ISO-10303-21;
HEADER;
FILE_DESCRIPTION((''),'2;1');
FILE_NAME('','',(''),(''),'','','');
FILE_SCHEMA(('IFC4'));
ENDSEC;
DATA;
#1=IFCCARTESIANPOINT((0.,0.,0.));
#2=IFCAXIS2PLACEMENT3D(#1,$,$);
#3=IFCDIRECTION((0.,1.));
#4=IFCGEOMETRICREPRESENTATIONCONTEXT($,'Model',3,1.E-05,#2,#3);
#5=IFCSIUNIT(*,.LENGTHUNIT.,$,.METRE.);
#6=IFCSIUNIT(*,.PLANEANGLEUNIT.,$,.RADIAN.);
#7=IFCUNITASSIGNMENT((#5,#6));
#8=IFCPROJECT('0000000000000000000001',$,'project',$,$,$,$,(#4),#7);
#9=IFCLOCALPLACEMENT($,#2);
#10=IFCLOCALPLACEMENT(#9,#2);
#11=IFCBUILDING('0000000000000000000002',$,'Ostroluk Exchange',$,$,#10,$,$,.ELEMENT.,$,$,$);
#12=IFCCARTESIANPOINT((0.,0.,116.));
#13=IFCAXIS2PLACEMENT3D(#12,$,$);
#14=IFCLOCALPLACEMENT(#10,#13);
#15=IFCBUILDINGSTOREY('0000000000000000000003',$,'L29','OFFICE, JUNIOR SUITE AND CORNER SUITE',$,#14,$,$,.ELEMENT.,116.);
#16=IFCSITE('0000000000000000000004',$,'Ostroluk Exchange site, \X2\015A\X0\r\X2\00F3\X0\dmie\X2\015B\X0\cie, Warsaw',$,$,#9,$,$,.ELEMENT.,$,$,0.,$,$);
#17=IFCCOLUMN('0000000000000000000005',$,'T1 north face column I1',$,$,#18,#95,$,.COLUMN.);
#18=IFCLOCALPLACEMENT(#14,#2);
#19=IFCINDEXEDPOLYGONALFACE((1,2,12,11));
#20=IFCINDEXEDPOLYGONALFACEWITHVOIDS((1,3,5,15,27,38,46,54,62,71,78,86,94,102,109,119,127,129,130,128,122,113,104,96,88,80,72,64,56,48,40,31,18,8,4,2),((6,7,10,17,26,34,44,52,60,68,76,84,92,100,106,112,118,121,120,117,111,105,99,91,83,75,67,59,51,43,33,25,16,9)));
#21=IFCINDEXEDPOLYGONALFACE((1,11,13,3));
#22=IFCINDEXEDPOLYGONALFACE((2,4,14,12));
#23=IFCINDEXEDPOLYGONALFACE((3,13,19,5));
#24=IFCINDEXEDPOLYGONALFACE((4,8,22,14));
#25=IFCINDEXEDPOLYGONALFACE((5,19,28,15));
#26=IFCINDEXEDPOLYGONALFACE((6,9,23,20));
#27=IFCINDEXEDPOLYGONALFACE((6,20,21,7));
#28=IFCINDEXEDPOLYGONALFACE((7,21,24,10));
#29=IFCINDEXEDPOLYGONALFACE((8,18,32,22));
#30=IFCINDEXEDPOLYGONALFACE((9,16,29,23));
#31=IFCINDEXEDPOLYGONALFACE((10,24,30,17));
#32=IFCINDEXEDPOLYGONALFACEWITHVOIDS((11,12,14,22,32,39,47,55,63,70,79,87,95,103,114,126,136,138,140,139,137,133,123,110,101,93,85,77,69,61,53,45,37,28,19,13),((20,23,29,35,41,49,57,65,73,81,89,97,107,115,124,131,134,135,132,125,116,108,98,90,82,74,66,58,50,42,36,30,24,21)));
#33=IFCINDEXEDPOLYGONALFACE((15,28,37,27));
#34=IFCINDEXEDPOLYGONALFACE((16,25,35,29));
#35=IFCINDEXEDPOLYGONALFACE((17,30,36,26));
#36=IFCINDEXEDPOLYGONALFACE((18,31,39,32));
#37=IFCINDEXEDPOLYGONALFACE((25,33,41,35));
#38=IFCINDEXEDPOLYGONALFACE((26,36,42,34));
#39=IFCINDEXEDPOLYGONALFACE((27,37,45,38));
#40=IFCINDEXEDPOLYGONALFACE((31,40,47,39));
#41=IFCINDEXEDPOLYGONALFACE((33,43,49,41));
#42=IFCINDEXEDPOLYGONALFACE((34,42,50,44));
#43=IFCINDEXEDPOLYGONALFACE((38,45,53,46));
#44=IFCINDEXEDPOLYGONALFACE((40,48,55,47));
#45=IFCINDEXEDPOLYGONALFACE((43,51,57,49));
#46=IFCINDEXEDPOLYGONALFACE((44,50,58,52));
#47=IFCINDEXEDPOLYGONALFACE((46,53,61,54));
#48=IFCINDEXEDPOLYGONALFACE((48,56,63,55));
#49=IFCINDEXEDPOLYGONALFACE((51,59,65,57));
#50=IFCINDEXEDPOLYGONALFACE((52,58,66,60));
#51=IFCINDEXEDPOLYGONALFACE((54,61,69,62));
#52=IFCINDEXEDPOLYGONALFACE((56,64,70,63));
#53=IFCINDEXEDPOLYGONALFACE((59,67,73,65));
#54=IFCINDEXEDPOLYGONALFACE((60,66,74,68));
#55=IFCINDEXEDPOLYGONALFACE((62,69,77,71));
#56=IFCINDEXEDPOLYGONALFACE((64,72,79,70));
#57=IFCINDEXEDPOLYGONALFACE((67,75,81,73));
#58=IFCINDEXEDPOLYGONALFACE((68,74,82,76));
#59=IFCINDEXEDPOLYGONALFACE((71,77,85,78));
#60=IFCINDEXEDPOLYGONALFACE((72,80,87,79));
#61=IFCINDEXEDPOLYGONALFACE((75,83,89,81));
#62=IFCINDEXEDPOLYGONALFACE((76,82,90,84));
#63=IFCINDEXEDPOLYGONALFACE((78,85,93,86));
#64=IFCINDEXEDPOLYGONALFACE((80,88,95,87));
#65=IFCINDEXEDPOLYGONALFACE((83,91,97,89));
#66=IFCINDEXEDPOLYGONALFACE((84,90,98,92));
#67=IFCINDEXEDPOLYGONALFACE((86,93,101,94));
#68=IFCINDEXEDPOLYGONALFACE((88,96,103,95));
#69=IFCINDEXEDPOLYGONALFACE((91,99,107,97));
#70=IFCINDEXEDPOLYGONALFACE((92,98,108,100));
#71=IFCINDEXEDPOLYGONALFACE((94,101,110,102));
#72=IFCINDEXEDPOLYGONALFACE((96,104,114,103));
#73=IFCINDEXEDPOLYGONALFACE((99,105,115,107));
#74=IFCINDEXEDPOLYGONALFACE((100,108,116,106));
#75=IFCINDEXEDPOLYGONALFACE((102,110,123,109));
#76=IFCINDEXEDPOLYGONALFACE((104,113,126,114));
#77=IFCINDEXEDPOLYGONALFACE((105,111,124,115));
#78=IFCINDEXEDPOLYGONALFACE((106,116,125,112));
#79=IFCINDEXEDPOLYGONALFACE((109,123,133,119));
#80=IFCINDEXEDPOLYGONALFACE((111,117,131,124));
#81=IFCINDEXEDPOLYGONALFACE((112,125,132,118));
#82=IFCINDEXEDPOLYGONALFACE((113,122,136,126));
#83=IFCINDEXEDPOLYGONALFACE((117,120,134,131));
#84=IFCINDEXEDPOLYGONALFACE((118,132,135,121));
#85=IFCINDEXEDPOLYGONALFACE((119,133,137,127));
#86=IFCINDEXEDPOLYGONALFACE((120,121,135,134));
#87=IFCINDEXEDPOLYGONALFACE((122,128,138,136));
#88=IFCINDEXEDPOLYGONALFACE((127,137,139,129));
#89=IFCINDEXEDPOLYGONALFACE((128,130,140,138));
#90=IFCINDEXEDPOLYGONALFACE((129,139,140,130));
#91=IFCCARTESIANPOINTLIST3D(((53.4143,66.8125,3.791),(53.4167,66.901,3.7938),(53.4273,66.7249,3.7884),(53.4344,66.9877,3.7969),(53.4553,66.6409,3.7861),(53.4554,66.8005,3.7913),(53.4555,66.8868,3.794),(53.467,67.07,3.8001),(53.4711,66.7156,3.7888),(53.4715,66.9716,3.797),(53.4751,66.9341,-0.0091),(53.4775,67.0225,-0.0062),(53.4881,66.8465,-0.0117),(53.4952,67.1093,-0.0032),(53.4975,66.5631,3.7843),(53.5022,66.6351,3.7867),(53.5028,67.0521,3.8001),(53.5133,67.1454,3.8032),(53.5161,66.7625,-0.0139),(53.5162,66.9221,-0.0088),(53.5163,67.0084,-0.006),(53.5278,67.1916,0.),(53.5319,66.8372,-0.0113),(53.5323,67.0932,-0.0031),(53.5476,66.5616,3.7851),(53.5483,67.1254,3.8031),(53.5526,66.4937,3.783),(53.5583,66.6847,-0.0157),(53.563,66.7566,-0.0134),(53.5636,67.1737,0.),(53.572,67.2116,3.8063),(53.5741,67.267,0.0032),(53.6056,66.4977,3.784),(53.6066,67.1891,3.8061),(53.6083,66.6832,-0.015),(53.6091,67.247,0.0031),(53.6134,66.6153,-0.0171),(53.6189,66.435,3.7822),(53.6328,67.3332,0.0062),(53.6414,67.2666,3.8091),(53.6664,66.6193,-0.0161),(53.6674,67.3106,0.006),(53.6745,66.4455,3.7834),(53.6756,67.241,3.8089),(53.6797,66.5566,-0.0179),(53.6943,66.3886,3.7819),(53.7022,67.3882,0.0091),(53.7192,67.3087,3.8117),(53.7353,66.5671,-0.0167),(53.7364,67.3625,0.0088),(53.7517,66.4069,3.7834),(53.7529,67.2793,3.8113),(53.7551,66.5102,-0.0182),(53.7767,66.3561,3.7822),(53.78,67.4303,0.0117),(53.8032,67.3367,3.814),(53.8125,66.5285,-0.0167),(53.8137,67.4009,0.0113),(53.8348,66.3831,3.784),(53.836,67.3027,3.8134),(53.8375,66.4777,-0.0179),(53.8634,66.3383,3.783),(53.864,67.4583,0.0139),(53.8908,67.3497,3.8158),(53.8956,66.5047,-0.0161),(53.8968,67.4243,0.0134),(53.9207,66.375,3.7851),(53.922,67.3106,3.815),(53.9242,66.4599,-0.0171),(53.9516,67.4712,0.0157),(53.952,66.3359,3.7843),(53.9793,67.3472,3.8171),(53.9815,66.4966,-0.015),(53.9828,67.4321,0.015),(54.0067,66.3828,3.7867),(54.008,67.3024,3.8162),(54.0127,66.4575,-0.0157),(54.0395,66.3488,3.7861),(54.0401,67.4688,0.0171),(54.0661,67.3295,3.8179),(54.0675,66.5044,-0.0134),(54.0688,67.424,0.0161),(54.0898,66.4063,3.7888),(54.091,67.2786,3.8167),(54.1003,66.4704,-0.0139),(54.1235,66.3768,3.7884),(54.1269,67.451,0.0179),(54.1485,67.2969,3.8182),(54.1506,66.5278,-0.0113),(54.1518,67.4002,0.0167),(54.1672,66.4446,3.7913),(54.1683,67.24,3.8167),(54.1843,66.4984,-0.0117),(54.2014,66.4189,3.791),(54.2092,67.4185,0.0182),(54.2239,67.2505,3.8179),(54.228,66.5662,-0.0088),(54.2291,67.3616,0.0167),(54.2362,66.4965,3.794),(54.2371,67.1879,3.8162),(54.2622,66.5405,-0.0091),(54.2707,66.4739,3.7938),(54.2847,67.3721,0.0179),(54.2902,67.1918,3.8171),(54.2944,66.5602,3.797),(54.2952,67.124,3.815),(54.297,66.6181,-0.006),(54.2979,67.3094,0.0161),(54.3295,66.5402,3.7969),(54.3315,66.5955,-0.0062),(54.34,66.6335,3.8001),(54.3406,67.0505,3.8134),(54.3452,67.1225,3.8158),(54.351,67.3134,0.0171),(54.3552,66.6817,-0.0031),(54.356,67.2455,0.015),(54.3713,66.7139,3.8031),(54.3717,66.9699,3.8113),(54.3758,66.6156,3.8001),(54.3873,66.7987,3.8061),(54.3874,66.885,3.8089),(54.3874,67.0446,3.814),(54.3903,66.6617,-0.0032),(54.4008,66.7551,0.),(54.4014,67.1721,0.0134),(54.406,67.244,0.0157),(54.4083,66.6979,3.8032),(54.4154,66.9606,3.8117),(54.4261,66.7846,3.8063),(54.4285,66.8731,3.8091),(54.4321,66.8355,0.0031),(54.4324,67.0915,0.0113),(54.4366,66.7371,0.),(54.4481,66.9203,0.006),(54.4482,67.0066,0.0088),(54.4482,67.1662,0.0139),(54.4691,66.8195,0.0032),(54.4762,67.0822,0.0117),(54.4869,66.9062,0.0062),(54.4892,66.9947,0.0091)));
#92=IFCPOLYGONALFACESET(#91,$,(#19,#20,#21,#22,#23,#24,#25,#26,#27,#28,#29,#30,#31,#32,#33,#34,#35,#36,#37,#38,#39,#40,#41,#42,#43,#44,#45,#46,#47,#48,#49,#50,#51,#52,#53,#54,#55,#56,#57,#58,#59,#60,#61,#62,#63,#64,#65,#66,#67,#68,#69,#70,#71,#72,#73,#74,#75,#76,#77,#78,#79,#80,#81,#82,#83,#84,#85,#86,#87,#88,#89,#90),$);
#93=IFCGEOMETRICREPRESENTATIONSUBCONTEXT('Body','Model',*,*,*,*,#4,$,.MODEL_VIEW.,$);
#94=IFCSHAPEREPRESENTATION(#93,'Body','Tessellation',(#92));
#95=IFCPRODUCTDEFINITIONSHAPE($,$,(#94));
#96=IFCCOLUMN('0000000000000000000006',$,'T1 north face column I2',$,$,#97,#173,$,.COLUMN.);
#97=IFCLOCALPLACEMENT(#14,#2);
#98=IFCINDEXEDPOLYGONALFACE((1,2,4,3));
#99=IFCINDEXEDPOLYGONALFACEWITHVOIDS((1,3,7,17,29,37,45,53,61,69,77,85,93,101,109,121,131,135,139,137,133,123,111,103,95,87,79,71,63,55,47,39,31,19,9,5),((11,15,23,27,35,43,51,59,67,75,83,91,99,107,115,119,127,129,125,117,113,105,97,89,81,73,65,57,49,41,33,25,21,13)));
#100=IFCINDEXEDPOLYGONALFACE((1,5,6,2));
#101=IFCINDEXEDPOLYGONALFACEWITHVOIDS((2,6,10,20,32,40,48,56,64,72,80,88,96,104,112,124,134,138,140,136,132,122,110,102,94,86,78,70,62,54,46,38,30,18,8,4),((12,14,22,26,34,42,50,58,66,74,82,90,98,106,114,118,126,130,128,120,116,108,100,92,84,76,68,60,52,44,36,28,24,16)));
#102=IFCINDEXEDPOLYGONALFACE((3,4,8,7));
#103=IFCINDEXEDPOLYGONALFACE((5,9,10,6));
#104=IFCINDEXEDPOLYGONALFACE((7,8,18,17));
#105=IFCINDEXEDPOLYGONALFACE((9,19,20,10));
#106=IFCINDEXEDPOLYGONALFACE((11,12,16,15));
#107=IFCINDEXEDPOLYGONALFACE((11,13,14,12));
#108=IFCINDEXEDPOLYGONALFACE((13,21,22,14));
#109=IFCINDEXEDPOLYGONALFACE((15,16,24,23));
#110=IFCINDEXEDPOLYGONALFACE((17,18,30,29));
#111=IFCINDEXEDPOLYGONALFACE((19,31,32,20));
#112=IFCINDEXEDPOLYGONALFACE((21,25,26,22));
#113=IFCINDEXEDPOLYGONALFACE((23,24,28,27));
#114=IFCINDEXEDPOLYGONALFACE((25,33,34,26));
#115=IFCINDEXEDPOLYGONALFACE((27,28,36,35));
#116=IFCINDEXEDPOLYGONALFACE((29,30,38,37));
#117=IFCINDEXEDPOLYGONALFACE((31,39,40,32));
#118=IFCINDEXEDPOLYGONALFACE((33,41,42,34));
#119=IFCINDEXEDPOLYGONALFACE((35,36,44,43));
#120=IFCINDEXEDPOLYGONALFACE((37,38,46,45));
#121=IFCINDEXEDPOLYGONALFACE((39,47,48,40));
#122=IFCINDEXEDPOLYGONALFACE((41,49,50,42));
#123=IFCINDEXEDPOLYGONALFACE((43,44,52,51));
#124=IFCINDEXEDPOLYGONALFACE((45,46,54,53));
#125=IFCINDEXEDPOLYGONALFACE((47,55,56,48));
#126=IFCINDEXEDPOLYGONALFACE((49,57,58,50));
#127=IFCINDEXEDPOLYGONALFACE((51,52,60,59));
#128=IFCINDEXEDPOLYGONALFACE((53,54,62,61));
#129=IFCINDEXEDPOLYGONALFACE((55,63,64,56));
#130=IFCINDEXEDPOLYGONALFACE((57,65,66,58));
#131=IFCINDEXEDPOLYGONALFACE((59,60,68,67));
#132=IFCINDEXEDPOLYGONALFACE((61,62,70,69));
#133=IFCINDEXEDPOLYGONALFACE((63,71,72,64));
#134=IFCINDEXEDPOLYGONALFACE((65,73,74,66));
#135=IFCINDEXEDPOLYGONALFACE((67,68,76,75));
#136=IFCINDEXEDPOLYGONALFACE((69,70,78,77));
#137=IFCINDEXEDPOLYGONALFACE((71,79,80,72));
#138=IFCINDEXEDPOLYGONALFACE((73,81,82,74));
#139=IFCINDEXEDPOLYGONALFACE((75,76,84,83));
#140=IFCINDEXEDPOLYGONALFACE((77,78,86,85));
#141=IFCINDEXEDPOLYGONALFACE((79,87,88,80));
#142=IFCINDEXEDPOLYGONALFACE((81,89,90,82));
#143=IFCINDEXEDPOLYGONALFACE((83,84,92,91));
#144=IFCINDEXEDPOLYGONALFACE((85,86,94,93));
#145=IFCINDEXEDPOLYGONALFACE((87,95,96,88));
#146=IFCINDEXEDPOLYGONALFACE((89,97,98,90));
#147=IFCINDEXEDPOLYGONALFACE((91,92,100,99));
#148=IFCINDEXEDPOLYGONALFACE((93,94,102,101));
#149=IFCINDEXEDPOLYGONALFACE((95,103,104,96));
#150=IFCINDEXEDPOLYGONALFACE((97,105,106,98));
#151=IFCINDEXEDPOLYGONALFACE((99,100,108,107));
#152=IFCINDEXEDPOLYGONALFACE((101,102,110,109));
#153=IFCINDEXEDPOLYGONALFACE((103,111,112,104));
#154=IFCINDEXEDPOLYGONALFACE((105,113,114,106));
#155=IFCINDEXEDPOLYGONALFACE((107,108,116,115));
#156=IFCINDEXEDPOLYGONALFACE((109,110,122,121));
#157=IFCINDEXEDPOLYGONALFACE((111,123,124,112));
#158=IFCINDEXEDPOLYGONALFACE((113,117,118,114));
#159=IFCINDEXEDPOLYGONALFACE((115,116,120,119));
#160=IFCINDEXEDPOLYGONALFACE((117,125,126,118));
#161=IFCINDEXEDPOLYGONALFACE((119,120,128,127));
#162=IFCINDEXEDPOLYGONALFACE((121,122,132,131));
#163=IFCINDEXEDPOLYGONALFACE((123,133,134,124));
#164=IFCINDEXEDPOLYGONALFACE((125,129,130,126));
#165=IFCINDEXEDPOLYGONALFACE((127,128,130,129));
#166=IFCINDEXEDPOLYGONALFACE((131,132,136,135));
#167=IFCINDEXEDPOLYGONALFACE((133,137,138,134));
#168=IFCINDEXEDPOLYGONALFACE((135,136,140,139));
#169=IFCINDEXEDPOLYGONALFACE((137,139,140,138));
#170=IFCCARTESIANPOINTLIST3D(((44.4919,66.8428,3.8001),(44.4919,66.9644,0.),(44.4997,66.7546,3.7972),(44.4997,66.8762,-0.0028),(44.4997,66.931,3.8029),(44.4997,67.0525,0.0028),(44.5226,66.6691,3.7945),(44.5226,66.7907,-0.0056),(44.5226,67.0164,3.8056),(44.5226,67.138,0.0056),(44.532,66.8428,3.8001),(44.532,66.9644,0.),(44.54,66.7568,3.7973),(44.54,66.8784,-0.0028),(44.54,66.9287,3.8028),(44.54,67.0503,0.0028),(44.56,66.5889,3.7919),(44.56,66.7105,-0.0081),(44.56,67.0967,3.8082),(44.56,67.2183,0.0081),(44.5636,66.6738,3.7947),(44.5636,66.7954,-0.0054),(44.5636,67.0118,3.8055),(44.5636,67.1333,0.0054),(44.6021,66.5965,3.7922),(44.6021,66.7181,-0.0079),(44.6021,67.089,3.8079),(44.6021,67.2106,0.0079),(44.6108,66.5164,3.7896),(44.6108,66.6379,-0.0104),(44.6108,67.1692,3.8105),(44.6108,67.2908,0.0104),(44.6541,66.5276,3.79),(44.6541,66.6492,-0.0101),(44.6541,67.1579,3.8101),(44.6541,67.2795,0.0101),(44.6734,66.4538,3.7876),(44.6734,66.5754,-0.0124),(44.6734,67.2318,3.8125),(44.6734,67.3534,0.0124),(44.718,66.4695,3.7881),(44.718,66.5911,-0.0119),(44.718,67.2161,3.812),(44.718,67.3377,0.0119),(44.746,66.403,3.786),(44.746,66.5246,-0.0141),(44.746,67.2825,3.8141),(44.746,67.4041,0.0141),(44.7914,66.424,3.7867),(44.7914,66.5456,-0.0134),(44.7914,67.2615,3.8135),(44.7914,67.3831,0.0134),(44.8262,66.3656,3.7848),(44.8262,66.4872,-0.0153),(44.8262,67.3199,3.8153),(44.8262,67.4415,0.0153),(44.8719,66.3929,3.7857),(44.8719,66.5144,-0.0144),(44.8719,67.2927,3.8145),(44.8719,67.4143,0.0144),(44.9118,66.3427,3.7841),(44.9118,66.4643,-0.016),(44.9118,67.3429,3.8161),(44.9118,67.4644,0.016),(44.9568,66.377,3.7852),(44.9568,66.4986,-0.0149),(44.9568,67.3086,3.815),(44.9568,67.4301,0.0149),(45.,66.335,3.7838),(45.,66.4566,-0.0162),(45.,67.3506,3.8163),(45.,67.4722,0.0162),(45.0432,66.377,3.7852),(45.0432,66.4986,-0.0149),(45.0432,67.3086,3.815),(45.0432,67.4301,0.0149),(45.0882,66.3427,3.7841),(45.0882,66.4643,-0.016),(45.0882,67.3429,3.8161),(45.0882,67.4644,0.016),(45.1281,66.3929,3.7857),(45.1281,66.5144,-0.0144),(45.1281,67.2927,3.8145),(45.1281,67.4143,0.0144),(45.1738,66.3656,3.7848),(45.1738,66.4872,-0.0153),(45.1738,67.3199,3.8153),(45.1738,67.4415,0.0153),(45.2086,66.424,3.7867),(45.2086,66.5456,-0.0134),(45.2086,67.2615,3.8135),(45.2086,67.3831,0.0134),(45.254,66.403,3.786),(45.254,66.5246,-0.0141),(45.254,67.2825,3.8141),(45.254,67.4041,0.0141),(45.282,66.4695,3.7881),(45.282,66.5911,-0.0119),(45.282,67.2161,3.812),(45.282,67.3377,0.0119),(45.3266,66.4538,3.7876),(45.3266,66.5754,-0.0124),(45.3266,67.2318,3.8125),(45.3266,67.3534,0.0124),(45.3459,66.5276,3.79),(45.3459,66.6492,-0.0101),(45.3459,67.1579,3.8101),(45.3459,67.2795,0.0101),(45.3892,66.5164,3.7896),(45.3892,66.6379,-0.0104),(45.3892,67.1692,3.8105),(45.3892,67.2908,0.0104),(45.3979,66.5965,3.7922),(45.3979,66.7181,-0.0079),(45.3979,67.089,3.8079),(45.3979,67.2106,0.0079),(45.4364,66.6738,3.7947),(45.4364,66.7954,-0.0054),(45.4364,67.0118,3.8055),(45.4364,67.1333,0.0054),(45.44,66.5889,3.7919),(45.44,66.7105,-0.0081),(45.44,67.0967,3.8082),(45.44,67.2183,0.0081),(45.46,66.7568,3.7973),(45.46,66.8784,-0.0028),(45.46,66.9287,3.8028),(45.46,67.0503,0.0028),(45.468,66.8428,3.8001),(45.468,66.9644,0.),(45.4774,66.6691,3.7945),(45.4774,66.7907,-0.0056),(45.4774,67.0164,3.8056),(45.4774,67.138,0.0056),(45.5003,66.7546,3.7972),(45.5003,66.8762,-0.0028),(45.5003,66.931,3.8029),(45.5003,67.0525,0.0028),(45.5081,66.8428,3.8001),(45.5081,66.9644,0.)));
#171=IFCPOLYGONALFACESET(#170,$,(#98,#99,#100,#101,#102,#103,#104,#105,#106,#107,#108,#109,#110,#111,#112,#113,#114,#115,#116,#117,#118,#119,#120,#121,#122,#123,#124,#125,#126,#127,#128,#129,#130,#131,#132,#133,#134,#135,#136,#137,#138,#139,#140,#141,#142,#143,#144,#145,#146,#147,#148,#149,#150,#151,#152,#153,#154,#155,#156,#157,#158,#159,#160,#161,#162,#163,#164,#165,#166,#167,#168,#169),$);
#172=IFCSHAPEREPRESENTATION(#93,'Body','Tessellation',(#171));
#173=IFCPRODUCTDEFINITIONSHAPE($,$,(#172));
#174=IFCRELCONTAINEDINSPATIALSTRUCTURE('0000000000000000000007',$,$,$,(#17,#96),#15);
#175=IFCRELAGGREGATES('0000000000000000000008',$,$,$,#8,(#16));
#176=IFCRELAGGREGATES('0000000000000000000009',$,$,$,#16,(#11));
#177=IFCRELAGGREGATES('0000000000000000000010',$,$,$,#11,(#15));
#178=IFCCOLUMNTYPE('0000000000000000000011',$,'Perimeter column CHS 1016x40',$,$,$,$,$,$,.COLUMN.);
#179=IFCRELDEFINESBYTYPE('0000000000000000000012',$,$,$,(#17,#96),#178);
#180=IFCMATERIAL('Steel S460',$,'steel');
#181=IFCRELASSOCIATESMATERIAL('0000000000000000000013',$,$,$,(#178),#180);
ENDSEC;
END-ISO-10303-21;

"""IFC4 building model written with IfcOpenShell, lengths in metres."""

from ifc_helpers import new_model, si_unit, direction, frame, origin, origin_2d, place, context, subcontext, project, spatial, hollow_circle, extrude, material, material_profile, profile_set, type_object, element, save


model = new_model("IFC4")

# Units and contexts
model_context = context("Model", 3, precision=1e-05, world=origin(), true_north=direction((0.0, 1.0)))
body_context = subcontext(model_context, "Body", "Model", "MODEL_VIEW")
ifc_project = project(units=[si_unit("LENGTHUNIT", "METRE"), si_unit("PLANEANGLEUNIT", "RADIAN")], contexts=[model_context])

# Site, building, storey
site_placement = place(None, origin())
site = spatial("IfcSite", under=ifc_project, at=site_placement, Name="Ostroluk Exchange site, Śródmieście, Warsaw", CompositionType="ELEMENT", RefElevation=0.0)
building_placement = place(site_placement, origin())
building = spatial("IfcBuilding", under=site, at=building_placement, Name="Ostroluk Exchange", CompositionType="ELEMENT")
storey_placement = place(building_placement, frame((0.0, 0.0, 116.0)))
storey = spatial("IfcBuildingStorey", under=building, at=storey_placement, Name="L29", Description="OFFICE, JUNIOR SUITE AND CORNER SUITE", CompositionType="ELEMENT", Elevation=116.0)

# Columns
ifc_material_1 = material(Name="Steel S460", Category="steel")
ifc_material_profile_1 = material_profile(ifc_material_1, hollow_circle(Radius=0.5081, WallThickness=0.04, at=origin_2d()), Name="CHS 1016x40")
ifc_profile_set_1 = profile_set([ifc_material_profile_1], Name="Steel S460")
column_type = type_object("IfcColumnType", Name="Perimeter column CHS 1016x40", PredefinedType="COLUMN", material=ifc_profile_set_1)
column_1_placement = place(storey_placement, frame((53.9822, 66.9644, 0.0), z_axis=(-0.015987, -0.031974, 0.999361), x_axis=(0.894427, -0.447214, 0.0)))
element("IfcColumn", 1, at=column_1_placement, inside=storey, type_object=column_type, Name="T1 north face column I1", PredefinedType="COLUMN", context=body_context, shape_type="SweptSolid", body=[
    extrude(hollow_circle(Radius=0.5081, WallThickness=0.04, at=origin_2d()), origin(), (0.0, 0.0, 1.0), 3.8025),
])
column_2_placement = place(storey_placement, frame((45.0, 66.9644, 0.0), z_axis=(0.0, -0.031978, 0.999489), x_axis=(1.0, 0.0, 0.0)))
element("IfcColumn", 2, at=column_2_placement, inside=storey, type_object=column_type, Name="T1 north face column I2", PredefinedType="COLUMN", context=body_context, shape_type="SweptSolid", body=[
    extrude(hollow_circle(Radius=0.5081, WallThickness=0.04, at=origin_2d()), origin(), (0.0, 0.0, 1.0), 3.802),
])

save(model, "model.ifc")
